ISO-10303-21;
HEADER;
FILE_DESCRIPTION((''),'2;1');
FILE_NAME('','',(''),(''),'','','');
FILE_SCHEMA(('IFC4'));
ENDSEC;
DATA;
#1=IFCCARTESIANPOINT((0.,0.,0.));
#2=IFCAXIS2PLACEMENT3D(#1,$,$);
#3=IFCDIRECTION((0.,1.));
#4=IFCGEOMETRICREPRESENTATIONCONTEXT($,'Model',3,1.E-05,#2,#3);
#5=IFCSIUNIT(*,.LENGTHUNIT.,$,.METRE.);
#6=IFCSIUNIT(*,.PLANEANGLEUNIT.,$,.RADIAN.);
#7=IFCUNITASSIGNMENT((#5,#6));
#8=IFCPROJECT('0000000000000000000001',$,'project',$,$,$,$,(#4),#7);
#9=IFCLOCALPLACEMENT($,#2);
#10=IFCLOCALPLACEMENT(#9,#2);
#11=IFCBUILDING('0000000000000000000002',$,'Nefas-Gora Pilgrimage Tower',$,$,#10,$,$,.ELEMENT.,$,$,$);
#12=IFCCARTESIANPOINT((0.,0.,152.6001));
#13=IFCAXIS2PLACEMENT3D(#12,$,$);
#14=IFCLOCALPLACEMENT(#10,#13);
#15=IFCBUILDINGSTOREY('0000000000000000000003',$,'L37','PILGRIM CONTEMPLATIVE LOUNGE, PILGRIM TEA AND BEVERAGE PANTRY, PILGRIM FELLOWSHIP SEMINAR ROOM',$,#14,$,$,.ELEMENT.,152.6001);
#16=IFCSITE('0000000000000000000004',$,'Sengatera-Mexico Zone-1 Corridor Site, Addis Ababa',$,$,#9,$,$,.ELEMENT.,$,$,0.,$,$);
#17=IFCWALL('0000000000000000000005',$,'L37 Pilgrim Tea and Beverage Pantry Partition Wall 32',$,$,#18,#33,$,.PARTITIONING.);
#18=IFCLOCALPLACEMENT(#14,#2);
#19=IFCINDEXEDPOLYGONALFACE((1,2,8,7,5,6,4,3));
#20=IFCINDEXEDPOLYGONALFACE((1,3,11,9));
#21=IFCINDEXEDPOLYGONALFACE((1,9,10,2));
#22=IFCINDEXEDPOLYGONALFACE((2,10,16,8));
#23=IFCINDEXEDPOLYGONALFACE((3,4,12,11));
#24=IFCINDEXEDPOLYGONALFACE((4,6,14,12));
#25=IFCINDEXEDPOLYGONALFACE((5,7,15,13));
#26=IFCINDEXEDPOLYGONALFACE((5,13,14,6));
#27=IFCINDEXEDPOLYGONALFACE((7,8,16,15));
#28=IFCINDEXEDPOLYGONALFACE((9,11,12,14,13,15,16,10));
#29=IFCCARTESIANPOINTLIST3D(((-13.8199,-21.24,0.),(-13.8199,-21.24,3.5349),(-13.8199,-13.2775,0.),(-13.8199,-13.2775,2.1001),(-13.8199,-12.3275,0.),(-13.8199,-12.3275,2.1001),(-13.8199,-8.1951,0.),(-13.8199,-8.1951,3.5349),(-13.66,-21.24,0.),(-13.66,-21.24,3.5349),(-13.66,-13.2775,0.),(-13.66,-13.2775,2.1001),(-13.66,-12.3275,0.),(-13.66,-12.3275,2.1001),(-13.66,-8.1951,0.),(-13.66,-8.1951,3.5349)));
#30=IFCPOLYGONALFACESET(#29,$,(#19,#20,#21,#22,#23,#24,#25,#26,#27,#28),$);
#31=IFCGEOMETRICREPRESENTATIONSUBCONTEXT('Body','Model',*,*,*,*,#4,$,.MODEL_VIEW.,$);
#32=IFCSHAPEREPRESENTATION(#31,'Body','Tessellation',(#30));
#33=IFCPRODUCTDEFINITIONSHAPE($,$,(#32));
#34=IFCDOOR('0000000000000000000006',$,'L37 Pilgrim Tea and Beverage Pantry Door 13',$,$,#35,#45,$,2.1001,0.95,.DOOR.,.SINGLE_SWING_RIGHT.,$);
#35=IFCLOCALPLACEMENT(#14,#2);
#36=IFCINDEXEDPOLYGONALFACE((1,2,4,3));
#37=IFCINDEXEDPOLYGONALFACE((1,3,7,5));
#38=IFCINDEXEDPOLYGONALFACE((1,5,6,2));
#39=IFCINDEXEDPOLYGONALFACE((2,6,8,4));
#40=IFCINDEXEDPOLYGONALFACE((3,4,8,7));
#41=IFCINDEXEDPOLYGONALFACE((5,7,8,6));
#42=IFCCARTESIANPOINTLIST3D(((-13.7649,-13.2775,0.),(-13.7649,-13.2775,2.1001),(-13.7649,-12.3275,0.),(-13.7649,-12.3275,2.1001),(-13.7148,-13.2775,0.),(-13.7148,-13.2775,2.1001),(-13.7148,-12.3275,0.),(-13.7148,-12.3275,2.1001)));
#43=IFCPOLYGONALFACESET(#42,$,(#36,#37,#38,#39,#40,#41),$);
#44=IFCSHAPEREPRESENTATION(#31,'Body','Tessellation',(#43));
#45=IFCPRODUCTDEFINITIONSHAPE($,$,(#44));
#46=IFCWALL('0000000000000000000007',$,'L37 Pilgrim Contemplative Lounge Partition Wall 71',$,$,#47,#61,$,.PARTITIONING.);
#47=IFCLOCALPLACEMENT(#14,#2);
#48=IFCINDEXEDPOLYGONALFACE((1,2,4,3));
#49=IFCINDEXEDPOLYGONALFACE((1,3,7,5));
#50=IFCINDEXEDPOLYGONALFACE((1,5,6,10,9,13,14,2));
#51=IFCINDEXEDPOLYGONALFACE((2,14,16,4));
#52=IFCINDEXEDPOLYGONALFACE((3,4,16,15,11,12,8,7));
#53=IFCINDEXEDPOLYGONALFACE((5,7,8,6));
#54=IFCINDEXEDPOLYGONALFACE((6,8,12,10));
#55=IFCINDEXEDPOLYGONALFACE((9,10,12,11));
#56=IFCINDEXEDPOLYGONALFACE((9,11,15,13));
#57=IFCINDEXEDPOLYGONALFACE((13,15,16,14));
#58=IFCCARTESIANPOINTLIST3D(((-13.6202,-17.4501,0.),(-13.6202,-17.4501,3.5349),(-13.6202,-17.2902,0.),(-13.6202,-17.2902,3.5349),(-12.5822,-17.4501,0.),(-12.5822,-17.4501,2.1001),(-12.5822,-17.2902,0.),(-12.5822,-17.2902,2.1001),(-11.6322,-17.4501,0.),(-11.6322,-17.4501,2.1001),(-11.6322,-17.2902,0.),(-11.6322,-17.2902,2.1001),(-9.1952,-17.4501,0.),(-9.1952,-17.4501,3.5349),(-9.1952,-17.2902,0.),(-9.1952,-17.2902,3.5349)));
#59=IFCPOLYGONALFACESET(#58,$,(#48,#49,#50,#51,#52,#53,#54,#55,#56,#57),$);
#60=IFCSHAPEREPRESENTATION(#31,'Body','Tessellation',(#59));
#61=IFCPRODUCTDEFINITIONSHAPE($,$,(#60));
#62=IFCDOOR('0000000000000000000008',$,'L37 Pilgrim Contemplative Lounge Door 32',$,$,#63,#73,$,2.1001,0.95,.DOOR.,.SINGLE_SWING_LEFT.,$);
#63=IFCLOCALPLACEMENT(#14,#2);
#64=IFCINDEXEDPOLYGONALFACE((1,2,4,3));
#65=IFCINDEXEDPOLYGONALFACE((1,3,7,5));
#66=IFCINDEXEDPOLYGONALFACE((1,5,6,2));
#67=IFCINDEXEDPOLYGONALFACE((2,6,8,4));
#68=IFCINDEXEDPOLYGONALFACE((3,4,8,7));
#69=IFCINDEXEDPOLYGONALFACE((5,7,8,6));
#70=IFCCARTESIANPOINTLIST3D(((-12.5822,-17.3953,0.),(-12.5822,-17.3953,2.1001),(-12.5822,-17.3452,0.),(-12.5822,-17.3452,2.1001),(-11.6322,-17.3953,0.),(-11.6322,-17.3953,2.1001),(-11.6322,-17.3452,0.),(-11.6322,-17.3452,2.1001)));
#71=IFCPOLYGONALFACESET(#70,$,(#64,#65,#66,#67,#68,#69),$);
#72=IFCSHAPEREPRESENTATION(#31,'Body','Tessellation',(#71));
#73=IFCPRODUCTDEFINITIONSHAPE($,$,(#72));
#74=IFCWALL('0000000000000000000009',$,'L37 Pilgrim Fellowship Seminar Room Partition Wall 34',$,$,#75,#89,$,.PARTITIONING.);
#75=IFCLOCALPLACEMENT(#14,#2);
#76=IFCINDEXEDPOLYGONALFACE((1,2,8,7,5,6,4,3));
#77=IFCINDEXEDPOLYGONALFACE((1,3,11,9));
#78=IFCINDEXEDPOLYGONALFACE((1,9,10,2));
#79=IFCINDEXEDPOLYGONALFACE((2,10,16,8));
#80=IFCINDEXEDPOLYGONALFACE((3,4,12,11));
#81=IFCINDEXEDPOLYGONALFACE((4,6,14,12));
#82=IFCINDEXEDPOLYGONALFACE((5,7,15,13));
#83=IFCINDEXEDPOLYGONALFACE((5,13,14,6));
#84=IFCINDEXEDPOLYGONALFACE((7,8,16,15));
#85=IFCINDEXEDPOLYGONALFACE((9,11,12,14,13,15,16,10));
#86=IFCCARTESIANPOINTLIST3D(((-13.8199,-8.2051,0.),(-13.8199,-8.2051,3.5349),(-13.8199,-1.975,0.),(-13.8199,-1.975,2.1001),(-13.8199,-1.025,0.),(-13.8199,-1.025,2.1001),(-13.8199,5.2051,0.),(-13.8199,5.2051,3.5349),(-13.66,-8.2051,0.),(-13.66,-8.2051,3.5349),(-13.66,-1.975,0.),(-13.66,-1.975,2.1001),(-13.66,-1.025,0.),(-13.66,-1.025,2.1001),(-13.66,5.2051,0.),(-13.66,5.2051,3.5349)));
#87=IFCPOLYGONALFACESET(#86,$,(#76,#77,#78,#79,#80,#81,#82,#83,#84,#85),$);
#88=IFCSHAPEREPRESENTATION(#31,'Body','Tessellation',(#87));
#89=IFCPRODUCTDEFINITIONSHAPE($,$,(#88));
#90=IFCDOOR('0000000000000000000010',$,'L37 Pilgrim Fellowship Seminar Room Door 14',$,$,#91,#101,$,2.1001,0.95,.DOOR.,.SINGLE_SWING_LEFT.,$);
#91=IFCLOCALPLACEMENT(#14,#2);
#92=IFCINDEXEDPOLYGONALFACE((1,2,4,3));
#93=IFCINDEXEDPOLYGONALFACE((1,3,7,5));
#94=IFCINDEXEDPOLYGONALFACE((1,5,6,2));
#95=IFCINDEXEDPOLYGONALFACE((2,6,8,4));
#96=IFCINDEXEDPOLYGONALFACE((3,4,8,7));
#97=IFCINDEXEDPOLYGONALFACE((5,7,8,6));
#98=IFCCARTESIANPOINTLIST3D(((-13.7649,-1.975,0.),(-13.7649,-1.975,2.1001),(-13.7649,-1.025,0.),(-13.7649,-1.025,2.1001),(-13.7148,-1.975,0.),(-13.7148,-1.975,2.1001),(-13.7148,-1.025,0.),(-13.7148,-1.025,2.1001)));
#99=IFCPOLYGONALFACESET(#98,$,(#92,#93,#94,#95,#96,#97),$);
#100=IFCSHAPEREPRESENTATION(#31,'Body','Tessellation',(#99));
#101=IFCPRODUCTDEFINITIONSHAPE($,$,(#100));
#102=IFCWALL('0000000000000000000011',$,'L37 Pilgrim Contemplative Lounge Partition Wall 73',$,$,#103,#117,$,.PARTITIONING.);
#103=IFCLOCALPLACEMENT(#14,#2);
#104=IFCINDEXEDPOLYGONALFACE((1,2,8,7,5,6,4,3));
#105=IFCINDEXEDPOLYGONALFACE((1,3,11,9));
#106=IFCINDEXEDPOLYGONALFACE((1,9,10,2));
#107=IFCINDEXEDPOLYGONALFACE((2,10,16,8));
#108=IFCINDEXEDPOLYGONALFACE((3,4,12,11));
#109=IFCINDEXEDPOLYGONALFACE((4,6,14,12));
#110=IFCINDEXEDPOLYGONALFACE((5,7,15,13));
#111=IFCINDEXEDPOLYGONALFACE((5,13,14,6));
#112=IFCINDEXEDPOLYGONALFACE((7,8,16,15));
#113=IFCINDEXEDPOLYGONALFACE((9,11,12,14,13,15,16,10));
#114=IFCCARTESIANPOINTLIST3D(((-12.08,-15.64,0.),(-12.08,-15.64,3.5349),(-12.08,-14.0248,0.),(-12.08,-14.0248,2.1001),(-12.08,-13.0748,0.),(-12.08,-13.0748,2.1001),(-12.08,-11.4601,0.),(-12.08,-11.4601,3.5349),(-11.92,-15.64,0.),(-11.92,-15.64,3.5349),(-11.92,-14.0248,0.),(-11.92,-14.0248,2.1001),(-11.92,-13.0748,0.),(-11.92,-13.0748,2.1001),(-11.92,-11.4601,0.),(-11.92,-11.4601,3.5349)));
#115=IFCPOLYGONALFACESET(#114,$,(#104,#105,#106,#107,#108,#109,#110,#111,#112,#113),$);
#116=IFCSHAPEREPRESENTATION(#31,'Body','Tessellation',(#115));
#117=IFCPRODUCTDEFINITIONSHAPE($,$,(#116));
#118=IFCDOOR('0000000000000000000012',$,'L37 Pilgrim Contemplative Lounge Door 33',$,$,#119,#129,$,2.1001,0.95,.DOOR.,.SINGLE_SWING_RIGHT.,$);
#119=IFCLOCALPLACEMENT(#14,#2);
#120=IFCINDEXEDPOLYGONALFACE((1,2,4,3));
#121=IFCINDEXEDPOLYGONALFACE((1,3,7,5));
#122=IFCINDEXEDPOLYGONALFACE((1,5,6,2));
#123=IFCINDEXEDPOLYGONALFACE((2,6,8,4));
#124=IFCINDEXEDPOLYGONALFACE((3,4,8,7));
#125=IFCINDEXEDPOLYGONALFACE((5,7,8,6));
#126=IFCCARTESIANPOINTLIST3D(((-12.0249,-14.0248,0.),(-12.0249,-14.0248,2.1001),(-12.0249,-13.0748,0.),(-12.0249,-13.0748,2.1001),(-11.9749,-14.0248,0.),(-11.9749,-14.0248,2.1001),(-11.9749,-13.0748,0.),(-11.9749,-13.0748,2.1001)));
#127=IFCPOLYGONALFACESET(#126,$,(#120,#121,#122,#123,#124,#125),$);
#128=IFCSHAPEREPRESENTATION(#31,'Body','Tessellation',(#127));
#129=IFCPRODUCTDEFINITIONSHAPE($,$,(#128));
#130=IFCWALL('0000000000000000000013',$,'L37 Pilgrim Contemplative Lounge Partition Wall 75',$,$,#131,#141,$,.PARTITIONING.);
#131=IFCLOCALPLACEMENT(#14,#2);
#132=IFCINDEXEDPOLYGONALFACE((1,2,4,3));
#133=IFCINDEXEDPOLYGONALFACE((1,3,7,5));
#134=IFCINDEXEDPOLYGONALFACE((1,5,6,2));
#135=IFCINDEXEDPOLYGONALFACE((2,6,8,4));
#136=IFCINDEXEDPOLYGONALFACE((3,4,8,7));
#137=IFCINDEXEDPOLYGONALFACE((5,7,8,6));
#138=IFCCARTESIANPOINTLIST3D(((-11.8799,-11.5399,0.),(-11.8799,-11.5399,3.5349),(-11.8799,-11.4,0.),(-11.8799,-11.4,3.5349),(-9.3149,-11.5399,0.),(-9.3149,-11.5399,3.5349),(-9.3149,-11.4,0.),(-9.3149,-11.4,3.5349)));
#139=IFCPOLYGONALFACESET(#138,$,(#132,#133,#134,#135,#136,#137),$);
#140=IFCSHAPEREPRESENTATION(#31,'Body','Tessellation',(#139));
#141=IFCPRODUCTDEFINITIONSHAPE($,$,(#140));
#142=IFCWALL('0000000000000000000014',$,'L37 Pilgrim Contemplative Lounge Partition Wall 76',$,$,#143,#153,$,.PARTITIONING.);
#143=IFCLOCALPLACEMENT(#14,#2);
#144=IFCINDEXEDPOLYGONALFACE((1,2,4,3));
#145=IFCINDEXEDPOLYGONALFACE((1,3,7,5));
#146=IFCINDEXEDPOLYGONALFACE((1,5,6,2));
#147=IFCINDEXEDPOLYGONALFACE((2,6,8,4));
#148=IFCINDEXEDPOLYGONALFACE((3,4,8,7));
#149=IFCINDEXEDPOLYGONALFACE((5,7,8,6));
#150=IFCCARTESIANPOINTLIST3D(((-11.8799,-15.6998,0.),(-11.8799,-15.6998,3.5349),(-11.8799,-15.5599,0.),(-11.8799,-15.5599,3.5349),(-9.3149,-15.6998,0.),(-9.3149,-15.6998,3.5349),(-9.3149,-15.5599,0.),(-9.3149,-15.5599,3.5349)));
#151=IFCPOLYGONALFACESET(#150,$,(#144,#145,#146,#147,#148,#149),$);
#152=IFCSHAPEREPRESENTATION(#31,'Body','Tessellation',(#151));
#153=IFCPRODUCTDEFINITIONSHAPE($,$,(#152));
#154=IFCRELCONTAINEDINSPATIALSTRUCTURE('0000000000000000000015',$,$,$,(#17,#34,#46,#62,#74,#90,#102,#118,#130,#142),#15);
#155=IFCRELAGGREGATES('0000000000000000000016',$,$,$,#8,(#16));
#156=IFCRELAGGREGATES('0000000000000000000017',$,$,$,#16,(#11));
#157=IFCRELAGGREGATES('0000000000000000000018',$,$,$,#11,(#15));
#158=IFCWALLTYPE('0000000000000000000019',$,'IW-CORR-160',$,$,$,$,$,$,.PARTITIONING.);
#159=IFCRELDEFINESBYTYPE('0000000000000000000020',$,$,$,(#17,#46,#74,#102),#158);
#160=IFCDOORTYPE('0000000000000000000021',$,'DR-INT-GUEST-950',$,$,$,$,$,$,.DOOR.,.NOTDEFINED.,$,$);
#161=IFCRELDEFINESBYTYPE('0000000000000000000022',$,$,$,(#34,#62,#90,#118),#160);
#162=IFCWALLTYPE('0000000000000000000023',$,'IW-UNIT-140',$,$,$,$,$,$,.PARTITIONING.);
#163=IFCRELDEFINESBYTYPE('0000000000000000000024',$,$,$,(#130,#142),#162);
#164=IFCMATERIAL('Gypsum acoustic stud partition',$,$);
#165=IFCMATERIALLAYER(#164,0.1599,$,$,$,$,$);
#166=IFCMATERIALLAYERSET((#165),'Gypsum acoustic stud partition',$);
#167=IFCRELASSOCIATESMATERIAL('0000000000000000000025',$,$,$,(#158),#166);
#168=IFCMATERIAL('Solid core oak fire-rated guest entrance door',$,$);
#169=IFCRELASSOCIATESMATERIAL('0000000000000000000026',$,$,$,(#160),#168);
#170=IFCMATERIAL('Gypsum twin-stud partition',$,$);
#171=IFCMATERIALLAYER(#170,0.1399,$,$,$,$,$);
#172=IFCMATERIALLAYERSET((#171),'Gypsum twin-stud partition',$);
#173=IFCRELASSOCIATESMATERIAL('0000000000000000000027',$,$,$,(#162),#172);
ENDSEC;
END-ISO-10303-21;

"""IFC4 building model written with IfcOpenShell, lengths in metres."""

from ifc_helpers import new_model, si_unit, direction, frame, frame_2d, origin, place, context, subcontext, project, spatial, rectangle, extrude, source, transform, mapped, material, layer, layer_set, type_object, element, fill, save


model = new_model("IFC4")

# Units and contexts
model_context = context("Model", 3, precision=1e-05, world=origin(), true_north=direction((0.0, 1.0)))
body_context = subcontext(model_context, "Body", "Model", "MODEL_VIEW")
ifc_project = project(units=[si_unit("LENGTHUNIT", "METRE"), si_unit("PLANEANGLEUNIT", "RADIAN")], contexts=[model_context])

# Site, building, storey
site_placement = place(None, origin())
site = spatial("IfcSite", under=ifc_project, at=site_placement, Name="Sengatera-Mexico Zone-1 Corridor Site, Addis Ababa", CompositionType="ELEMENT", RefElevation=0.0)
building_placement = place(site_placement, origin())
building = spatial("IfcBuilding", under=site, at=building_placement, Name="Nefas-Gora Pilgrimage Tower", CompositionType="ELEMENT")
storey_placement = place(building_placement, frame((0.0, 0.0, 152.6001)))
storey = spatial("IfcBuildingStorey", under=building, at=storey_placement, Name="L37", Description="PILGRIM CONTEMPLATIVE LOUNGE, PILGRIM TEA AND BEVERAGE PANTRY, PILGRIM FELLOWSHIP SEMINAR ROOM", CompositionType="ELEMENT", Elevation=152.6001)

# Walls, openings, doors
ifc_material_1 = material(Name="Gypsum acoustic stud partition")
ifc_layer_1 = layer(ifc_material_1, 0.1599)
ifc_layer_set_1 = layer_set([ifc_layer_1], Name="Gypsum acoustic stud partition")
wall_type_1 = type_object("IfcWallType", Name="IW-CORR-160", PredefinedType="PARTITIONING", material=ifc_layer_set_1)
shared_shape_1 = source(origin(), body_context, "Body", "SweptSolid", [
    extrude(rectangle(XDim=13.0449, YDim=0.1599, at=frame_2d((6.5225, 0.0))), origin(), (0.0, 0.0, 1.0), 3.5349),
])
wall_1_placement = place(storey_placement, frame((-13.74, -21.24, 0.0), z_axis=(0.0, 0.0, 1.0), x_axis=(0.0, 1.0, 0.0)))
wall_1 = element("IfcWall", 1, at=wall_1_placement, inside=storey, type_object=wall_type_1, Name="L37 Pilgrim Tea and Beverage Pantry Partition Wall 32", PredefinedType="PARTITIONING", context=body_context, shape_type="MappedRepresentation", body=[
    mapped(shared_shape_1, transform((0.0, 0.0, 0.0), x_axis=(1.0, 0.0, 0.0), y_axis=(0.0, 1.0, 0.0), z_axis=(0.0, 0.0, 1.0), scale=1.0)),
])
opening_1_placement = place(wall_1_placement, frame((7.9624, 0.0, 0.0)))
opening_1 = element("IfcOpeningElement", 2, at=opening_1_placement, cuts=wall_1, PredefinedType="OPENING", context=body_context, shape_type="SweptSolid", body=[
    extrude(rectangle(XDim=0.95, YDim=2.1001, at=frame_2d((0.4751, 1.05))), frame((0.0, 0.0898, 0.0), z_axis=(0.0, -1.0, 0.0), x_axis=(1.0, 0.0, 0.0)), (0.0, 0.0, 1.0), 0.1799),
])
ifc_material_2 = material(Name="Solid core oak fire-rated guest entrance door")
door_type_1 = type_object("IfcDoorType", Name="DR-INT-GUEST-950", OperationType="NOTDEFINED", PredefinedType="DOOR", material=ifc_material_2)
shared_shape_2 = source(origin(), body_context, "Body", "SweptSolid", [
    extrude(rectangle(XDim=0.95, YDim=2.1001, at=frame_2d((0.4751, 1.05))), frame((0.0, 0.0249, 0.0), z_axis=(0.0, -1.0, 0.0), x_axis=(1.0, 0.0, 0.0)), (0.0, 0.0, 1.0), 0.05),
])
door_1_placement = place(opening_1_placement, origin())
door_1 = element("IfcDoor", 3, at=door_1_placement, inside=storey, type_object=door_type_1, Name="L37 Pilgrim Tea and Beverage Pantry Door 13", OperationType="SINGLE_SWING_RIGHT", OverallHeight=2.1001, OverallWidth=0.95, PredefinedType="DOOR", context=body_context, shape_type="MappedRepresentation", body=[
    mapped(shared_shape_2, transform((0.0, 0.0, 0.0), x_axis=(1.0, 0.0, 0.0), y_axis=(0.0, 1.0, 0.0), z_axis=(0.0, 0.0, 1.0), scale=1.0)),
])
fill(opening_1, door_1)
shared_shape_3 = source(origin(), body_context, "Body", "SweptSolid", [
    extrude(rectangle(XDim=4.425, YDim=0.1599, at=frame_2d((2.2124, 0.0))), origin(), (0.0, 0.0, 1.0), 3.5349),
])
wall_2_placement = place(storey_placement, frame((-13.6201, -17.3701, 0.0), z_axis=(0.0, 0.0, 1.0), x_axis=(1.0, 0.0, 0.0)))
wall_2 = element("IfcWall", 4, at=wall_2_placement, inside=storey, type_object=wall_type_1, Name="L37 Pilgrim Contemplative Lounge Partition Wall 71", PredefinedType="PARTITIONING", context=body_context, shape_type="MappedRepresentation", body=[
    mapped(shared_shape_3, transform((0.0, 0.0, 0.0), x_axis=(1.0, 0.0, 0.0), y_axis=(0.0, 1.0, 0.0), z_axis=(0.0, 0.0, 1.0), scale=1.0)),
])
opening_2_placement = place(wall_2_placement, frame((1.0378, 0.0, 0.0)))
opening_2 = element("IfcOpeningElement", 5, at=opening_2_placement, cuts=wall_2, PredefinedType="OPENING", context=body_context, shape_type="SweptSolid", body=[
    extrude(rectangle(XDim=0.95, YDim=2.1001, at=frame_2d((0.4751, 1.05))), frame((0.0, 0.0898, 0.0), z_axis=(0.0, -1.0, 0.0), x_axis=(1.0, 0.0, 0.0)), (0.0, 0.0, 1.0), 0.1799),
])
door_2_placement = place(opening_2_placement, origin())
door_2 = element("IfcDoor", 6, at=door_2_placement, inside=storey, type_object=door_type_1, Name="L37 Pilgrim Contemplative Lounge Door 32", OperationType="SINGLE_SWING_LEFT", OverallHeight=2.1001, OverallWidth=0.95, PredefinedType="DOOR", context=body_context, shape_type="MappedRepresentation", body=[
    mapped(shared_shape_2, transform((0.0, 0.0, 0.0), x_axis=(1.0, 0.0, 0.0), y_axis=(0.0, 1.0, 0.0), z_axis=(0.0, 0.0, 1.0), scale=1.0)),
])
fill(opening_2, door_2)
shared_shape_4 = source(origin(), body_context, "Body", "SweptSolid", [
    extrude(rectangle(XDim=13.4102, YDim=0.1599, at=frame_2d((6.7051, 0.0))), origin(), (0.0, 0.0, 1.0), 3.5349),
])
wall_3_placement = place(storey_placement, frame((-13.74, -8.2051, 0.0), z_axis=(0.0, 0.0, 1.0), x_axis=(0.0, 1.0, 0.0)))
wall_3 = element("IfcWall", 7, at=wall_3_placement, inside=storey, type_object=wall_type_1, Name="L37 Pilgrim Fellowship Seminar Room Partition Wall 34", PredefinedType="PARTITIONING", context=body_context, shape_type="MappedRepresentation", body=[
    mapped(shared_shape_4, transform((0.0, 0.0, 0.0), x_axis=(1.0, 0.0, 0.0), y_axis=(0.0, 1.0, 0.0), z_axis=(0.0, 0.0, 1.0), scale=1.0)),
])
opening_3_placement = place(wall_3_placement, frame((6.23, 0.0, 0.0)))
opening_3 = element("IfcOpeningElement", 8, at=opening_3_placement, cuts=wall_3, PredefinedType="OPENING", context=body_context, shape_type="SweptSolid", body=[
    extrude(rectangle(XDim=0.95, YDim=2.1001, at=frame_2d((0.4751, 1.05))), frame((0.0, 0.0898, 0.0), z_axis=(0.0, -1.0, 0.0), x_axis=(1.0, 0.0, 0.0)), (0.0, 0.0, 1.0), 0.1799),
])
door_3_placement = place(opening_3_placement, origin())
door_3 = element("IfcDoor", 9, at=door_3_placement, inside=storey, type_object=door_type_1, Name="L37 Pilgrim Fellowship Seminar Room Door 14", OperationType="SINGLE_SWING_LEFT", OverallHeight=2.1001, OverallWidth=0.95, PredefinedType="DOOR", context=body_context, shape_type="MappedRepresentation", body=[
    mapped(shared_shape_2, transform((0.0, 0.0, 0.0), x_axis=(1.0, 0.0, 0.0), y_axis=(0.0, 1.0, 0.0), z_axis=(0.0, 0.0, 1.0), scale=1.0)),
])
fill(opening_3, door_3)
shared_shape_5 = source(origin(), body_context, "Body", "SweptSolid", [
    extrude(rectangle(XDim=4.1799, YDim=0.1599, at=frame_2d((2.0898, 0.0))), origin(), (0.0, 0.0, 1.0), 3.5349),
])
wall_4_placement = place(storey_placement, frame((-12.0, -15.6399, 0.0), z_axis=(0.0, 0.0, 1.0), x_axis=(0.0, 1.0, 0.0)))
wall_4 = element("IfcWall", 10, at=wall_4_placement, inside=storey, type_object=wall_type_1, Name="L37 Pilgrim Contemplative Lounge Partition Wall 73", PredefinedType="PARTITIONING", context=body_context, shape_type="MappedRepresentation", body=[
    mapped(shared_shape_5, transform((0.0, 0.0, 0.0), x_axis=(1.0, 0.0, 0.0), y_axis=(0.0, 1.0, 0.0), z_axis=(0.0, 0.0, 1.0), scale=1.0)),
])
opening_4_placement = place(wall_4_placement, frame((1.615, 0.0, 0.0)))
opening_4 = element("IfcOpeningElement", 11, at=opening_4_placement, cuts=wall_4, PredefinedType="OPENING", context=body_context, shape_type="SweptSolid", body=[
    extrude(rectangle(XDim=0.95, YDim=2.1001, at=frame_2d((0.4751, 1.05))), frame((0.0, 0.0898, 0.0), z_axis=(0.0, -1.0, 0.0), x_axis=(1.0, 0.0, 0.0)), (0.0, 0.0, 1.0), 0.1799),
])
door_4_placement = place(opening_4_placement, origin())
door_4 = element("IfcDoor", 12, at=door_4_placement, inside=storey, type_object=door_type_1, Name="L37 Pilgrim Contemplative Lounge Door 33", OperationType="SINGLE_SWING_RIGHT", OverallHeight=2.1001, OverallWidth=0.95, PredefinedType="DOOR", context=body_context, shape_type="MappedRepresentation", body=[
    mapped(shared_shape_2, transform((0.0, 0.0, 0.0), x_axis=(1.0, 0.0, 0.0), y_axis=(0.0, 1.0, 0.0), z_axis=(0.0, 0.0, 1.0), scale=1.0)),
])
fill(opening_4, door_4)

# Walls
ifc_material_3 = material(Name="Gypsum twin-stud partition")
ifc_layer_2 = layer(ifc_material_3, 0.1399)
ifc_layer_set_2 = layer_set([ifc_layer_2], Name="Gypsum twin-stud partition")
wall_type_2 = type_object("IfcWallType", Name="IW-UNIT-140", PredefinedType="PARTITIONING", material=ifc_layer_set_2)
shared_shape_6 = source(origin(), body_context, "Body", "SweptSolid", [
    extrude(rectangle(XDim=2.5649, YDim=0.1399, at=frame_2d((1.2825, 0.0))), origin(), (0.0, 0.0, 1.0), 3.5349),
])
for number, where, z_axis, x_axis, name in (
    (13, (-11.8799, -11.47, 0.0), (0.0, 0.0, 1.0), (1.0, 0.0, 0.0), "L37 Pilgrim Contemplative Lounge Partition Wall 75"),
    (14, (-11.8799, -15.6299, 0.0), (0.0, 0.0, 1.0), (1.0, 0.0, 0.0), "L37 Pilgrim Contemplative Lounge Partition Wall 76"),
):
    element("IfcWall", number, at=place(storey_placement, frame(where, z_axis=z_axis, x_axis=x_axis)), inside=storey, type_object=wall_type_2, Name=name, PredefinedType="PARTITIONING", context=body_context, shape_type="MappedRepresentation", body=[
        mapped(shared_shape_6, transform((0.0, 0.0, 0.0), x_axis=(1.0, 0.0, 0.0), y_axis=(0.0, 1.0, 0.0), z_axis=(0.0, 0.0, 1.0), scale=1.0)),
    ])

save(model, "model.ifc")
